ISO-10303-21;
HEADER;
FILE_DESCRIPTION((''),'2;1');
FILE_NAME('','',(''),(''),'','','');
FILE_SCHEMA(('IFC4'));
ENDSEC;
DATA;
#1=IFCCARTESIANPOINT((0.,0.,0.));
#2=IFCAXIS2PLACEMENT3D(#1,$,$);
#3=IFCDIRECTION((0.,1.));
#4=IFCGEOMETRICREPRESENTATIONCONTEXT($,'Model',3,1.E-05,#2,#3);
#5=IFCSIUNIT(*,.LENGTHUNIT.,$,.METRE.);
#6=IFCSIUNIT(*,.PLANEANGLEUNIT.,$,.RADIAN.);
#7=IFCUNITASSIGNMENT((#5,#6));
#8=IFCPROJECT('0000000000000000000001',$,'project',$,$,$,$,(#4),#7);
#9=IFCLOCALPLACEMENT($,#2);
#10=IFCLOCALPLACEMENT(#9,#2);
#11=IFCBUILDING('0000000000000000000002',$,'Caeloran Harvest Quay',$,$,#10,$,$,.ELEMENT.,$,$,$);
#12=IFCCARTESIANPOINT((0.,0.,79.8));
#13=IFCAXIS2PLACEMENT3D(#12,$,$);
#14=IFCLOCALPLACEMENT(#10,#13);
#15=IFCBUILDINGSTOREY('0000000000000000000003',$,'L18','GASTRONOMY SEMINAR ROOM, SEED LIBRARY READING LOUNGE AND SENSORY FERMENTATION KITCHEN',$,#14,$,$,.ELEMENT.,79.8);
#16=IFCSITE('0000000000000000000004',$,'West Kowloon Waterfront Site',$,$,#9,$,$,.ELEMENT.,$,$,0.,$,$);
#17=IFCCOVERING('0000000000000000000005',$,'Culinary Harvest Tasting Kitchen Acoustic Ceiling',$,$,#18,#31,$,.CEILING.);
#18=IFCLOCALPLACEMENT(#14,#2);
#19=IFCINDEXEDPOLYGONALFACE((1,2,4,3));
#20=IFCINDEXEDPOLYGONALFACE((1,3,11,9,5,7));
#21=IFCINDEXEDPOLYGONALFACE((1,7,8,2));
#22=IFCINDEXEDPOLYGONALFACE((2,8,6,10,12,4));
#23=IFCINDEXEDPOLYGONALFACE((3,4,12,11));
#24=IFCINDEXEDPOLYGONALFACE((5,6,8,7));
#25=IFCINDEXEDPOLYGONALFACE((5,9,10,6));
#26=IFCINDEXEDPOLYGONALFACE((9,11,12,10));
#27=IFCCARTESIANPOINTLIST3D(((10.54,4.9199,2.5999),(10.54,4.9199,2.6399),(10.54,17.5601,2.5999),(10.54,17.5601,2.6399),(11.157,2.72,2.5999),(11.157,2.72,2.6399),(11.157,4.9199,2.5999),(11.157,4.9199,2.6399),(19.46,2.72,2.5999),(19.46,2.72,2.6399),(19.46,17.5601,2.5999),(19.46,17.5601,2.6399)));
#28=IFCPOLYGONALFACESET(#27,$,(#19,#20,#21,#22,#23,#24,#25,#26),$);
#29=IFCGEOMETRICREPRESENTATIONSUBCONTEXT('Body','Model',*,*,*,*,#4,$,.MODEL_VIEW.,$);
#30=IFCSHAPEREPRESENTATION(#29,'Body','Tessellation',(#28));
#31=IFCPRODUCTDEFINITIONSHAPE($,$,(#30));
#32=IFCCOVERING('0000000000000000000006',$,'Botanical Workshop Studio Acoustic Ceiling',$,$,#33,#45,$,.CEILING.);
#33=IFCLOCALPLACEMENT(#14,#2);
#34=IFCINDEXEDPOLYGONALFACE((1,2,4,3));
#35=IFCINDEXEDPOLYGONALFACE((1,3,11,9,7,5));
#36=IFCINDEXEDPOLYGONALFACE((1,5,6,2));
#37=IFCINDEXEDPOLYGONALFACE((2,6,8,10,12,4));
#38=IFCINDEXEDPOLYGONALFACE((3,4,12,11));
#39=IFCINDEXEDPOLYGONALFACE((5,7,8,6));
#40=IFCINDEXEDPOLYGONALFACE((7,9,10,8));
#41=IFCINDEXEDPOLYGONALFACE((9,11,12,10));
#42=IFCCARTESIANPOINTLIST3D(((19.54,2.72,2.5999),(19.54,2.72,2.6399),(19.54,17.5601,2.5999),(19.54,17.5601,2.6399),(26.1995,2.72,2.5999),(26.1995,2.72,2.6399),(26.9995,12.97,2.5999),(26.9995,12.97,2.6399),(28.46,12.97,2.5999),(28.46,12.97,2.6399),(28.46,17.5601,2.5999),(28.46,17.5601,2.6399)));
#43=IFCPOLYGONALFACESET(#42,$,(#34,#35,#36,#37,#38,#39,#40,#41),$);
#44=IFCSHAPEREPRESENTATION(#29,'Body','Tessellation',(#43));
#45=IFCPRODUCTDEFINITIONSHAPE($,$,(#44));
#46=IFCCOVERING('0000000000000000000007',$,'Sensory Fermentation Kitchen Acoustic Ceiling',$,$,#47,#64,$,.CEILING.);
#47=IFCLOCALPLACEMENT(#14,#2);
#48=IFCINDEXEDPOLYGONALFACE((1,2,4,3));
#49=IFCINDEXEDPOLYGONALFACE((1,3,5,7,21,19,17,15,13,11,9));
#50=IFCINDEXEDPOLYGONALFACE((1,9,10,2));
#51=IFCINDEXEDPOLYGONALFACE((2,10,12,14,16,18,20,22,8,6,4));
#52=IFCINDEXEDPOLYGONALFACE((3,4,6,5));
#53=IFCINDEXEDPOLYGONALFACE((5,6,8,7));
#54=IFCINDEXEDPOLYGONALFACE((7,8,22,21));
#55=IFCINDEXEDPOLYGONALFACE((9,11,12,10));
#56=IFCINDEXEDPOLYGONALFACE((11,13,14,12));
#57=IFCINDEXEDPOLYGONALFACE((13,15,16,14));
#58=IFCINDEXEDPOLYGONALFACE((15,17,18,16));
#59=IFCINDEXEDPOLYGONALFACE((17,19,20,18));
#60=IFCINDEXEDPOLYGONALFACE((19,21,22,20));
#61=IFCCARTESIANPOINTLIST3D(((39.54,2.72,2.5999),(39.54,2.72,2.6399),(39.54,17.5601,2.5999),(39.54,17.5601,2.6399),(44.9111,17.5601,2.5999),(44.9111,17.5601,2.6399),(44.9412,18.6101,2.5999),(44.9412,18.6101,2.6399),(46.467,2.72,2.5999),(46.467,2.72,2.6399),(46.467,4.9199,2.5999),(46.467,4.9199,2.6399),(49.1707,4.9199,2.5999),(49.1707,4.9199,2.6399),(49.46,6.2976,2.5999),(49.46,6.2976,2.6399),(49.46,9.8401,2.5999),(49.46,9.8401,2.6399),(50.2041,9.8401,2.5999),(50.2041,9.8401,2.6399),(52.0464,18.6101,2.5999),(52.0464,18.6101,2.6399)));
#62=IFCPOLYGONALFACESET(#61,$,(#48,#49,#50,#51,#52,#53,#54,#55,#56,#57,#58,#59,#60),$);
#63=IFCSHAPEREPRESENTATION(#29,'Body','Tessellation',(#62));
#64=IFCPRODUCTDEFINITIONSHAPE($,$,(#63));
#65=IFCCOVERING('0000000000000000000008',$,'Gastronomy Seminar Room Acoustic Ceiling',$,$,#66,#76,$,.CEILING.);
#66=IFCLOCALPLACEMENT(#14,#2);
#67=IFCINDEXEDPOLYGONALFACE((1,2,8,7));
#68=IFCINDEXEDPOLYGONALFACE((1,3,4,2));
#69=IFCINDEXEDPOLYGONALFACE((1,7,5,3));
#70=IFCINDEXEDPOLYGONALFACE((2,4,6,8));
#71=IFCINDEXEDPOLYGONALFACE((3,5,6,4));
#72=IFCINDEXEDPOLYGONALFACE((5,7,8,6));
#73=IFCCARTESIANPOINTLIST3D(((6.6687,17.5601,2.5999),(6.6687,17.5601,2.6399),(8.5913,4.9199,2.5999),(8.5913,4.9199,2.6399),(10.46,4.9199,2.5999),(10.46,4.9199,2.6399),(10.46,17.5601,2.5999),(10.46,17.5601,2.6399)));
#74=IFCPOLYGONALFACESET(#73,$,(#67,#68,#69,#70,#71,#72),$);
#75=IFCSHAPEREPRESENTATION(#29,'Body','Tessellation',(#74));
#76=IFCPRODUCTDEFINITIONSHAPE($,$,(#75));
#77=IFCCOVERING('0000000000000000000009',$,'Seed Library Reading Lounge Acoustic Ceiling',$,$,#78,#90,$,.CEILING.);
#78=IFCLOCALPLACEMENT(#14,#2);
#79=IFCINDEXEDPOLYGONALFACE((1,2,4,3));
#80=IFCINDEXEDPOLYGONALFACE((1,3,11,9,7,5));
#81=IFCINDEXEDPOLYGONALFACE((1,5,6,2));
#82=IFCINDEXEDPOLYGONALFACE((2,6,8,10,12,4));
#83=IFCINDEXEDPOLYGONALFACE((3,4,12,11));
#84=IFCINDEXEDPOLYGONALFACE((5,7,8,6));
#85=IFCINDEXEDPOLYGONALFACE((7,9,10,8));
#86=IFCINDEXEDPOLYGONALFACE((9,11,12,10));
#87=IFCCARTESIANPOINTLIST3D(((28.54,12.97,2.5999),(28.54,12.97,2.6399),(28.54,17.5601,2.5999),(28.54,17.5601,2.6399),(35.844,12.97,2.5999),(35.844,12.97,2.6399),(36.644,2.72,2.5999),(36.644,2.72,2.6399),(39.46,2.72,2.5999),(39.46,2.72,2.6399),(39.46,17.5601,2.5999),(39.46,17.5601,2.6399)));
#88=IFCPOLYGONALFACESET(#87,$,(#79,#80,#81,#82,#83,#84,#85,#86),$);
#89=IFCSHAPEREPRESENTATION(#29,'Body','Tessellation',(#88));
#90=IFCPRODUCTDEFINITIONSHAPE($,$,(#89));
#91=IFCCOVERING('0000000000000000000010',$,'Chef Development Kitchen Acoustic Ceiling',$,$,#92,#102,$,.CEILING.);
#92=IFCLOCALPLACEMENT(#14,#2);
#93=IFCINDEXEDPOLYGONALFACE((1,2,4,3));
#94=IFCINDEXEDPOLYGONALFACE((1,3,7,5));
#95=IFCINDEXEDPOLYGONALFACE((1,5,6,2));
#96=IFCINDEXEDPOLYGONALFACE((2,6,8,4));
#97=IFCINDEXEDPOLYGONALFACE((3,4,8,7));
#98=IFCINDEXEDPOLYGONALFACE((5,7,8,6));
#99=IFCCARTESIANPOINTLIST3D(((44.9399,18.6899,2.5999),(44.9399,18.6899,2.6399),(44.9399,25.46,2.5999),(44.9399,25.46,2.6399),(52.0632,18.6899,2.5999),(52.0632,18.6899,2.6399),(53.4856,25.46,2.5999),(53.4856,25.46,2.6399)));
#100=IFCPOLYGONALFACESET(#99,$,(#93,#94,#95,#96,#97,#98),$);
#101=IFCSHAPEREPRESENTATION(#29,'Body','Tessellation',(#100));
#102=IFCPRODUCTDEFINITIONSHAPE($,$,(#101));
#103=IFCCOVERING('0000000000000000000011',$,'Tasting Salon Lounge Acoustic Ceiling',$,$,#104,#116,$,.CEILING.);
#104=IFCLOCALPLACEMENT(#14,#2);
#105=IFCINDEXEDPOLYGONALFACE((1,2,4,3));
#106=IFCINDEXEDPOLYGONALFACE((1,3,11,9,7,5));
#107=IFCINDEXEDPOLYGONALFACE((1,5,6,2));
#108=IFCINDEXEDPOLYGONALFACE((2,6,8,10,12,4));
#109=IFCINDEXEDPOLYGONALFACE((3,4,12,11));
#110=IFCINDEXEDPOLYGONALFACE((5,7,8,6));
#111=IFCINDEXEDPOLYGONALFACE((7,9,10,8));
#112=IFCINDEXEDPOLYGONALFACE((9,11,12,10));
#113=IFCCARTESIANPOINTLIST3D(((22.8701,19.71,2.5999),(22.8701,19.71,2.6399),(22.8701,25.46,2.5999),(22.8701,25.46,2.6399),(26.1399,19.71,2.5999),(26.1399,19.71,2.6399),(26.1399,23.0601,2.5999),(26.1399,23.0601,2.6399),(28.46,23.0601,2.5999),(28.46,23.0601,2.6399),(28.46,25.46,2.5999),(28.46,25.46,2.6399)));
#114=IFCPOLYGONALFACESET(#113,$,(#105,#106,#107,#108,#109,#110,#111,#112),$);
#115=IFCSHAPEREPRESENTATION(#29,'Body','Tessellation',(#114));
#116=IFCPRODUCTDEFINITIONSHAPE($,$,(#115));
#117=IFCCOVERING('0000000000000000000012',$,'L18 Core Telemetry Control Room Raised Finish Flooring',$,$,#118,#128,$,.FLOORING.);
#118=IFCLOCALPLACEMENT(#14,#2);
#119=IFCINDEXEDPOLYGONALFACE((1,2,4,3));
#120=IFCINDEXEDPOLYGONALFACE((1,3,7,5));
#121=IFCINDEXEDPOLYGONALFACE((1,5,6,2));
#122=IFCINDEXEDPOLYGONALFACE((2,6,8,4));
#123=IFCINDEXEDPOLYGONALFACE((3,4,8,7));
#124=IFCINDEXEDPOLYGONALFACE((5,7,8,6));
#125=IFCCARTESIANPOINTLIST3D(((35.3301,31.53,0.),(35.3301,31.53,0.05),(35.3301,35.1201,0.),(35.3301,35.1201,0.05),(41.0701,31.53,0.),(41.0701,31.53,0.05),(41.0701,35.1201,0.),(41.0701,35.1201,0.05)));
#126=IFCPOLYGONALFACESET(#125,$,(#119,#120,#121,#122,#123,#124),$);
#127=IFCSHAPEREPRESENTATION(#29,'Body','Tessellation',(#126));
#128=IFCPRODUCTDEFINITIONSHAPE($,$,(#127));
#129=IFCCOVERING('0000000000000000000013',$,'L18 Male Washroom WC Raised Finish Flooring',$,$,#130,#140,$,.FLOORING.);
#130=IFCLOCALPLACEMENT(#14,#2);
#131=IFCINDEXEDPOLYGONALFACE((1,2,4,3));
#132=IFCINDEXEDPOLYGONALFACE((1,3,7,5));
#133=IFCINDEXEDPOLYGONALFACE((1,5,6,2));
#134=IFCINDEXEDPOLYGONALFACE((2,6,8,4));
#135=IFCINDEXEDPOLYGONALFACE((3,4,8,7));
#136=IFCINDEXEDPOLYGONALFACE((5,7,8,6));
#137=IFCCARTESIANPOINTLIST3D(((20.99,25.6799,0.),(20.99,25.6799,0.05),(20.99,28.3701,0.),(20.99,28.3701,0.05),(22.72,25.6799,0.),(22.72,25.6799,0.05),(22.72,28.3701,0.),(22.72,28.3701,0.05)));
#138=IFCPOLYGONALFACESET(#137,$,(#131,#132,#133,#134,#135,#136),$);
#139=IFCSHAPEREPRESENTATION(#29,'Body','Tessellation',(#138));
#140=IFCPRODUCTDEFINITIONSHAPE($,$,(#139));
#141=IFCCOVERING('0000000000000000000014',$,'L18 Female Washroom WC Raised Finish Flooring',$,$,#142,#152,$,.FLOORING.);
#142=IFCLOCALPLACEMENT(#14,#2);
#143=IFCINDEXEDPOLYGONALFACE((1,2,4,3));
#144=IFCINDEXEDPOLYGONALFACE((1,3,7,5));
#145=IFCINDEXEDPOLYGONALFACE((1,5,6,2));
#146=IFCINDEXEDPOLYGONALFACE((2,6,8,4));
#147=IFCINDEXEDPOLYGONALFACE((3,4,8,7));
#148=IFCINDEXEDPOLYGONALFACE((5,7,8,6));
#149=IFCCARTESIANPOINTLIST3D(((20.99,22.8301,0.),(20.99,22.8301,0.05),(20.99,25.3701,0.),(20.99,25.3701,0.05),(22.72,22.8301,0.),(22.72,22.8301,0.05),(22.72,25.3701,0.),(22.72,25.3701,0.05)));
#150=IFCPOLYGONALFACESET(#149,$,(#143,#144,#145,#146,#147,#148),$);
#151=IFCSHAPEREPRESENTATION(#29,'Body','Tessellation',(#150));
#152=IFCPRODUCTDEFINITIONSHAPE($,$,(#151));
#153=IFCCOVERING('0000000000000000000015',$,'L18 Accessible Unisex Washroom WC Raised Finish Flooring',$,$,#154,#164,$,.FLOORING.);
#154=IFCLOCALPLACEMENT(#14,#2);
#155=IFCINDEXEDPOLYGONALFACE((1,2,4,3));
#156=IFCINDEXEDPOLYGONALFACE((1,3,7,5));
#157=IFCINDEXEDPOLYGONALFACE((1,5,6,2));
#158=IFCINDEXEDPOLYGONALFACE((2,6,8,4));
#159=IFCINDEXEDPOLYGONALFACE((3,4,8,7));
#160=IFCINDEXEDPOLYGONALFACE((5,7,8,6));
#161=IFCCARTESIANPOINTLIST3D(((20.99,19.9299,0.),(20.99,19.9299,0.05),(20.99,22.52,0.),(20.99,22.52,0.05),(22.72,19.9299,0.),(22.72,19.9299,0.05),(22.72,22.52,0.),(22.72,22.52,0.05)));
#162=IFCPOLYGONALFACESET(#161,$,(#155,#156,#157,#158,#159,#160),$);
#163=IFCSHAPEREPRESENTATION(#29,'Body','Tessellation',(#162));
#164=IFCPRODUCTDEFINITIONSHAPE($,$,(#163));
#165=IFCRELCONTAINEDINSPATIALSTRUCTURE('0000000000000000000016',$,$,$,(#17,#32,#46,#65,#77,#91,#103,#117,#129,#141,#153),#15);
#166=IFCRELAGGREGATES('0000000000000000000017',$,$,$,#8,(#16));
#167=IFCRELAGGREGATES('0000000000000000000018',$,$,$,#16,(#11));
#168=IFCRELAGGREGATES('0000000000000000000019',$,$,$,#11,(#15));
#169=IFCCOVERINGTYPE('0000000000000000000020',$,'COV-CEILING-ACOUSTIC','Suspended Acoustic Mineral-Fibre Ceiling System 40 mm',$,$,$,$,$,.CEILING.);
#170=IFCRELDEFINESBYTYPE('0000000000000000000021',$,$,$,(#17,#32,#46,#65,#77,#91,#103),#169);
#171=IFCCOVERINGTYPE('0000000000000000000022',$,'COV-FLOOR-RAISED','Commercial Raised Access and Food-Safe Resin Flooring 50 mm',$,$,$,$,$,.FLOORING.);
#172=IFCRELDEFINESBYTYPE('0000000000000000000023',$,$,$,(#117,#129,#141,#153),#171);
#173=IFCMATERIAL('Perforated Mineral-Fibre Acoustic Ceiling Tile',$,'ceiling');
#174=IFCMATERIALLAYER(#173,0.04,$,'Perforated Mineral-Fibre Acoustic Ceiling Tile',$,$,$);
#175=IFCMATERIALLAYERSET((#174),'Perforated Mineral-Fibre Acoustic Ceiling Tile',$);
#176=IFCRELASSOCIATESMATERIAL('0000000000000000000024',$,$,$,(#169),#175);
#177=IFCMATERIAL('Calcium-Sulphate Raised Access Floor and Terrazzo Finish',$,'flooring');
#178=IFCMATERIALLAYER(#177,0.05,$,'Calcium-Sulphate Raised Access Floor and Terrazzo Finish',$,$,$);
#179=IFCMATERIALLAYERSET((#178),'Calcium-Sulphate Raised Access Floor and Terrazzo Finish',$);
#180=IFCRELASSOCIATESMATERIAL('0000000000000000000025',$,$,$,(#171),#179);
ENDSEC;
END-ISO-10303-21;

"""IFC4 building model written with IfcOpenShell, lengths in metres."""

from ifc_helpers import new_model, si_unit, direction, frame, origin, place, context, subcontext, project, spatial, polyline, outline, extrude, material, layer, layer_set, type_object, element, save


model = new_model("IFC4")

# Units and contexts
model_context = context("Model", 3, precision=1e-05, world=origin(), true_north=direction((0.0, 1.0)))
body_context = subcontext(model_context, "Body", "Model", "MODEL_VIEW")
ifc_project = project(units=[si_unit("LENGTHUNIT", "METRE"), si_unit("PLANEANGLEUNIT", "RADIAN")], contexts=[model_context])

# Site, building, storey
site_placement = place(None, origin())
site = spatial("IfcSite", under=ifc_project, at=site_placement, Name="West Kowloon Waterfront Site", CompositionType="ELEMENT", RefElevation=0.0)
building_placement = place(site_placement, origin())
building = spatial("IfcBuilding", under=site, at=building_placement, Name="Caeloran Harvest Quay", CompositionType="ELEMENT")
storey_placement = place(building_placement, frame((0.0, 0.0, 79.8)))
storey = spatial("IfcBuildingStorey", under=building, at=storey_placement, Name="L18", Description="GASTRONOMY SEMINAR ROOM, SEED LIBRARY READING LOUNGE AND SENSORY FERMENTATION KITCHEN", CompositionType="ELEMENT", Elevation=79.8)

# Coverings
ifc_material_1 = material(Name="Perforated Mineral-Fibre Acoustic Ceiling Tile", Category="ceiling")
ifc_layer_1 = layer(ifc_material_1, 0.04, Name="Perforated Mineral-Fibre Acoustic Ceiling Tile")
ifc_layer_set_1 = layer_set([ifc_layer_1], Name="Perforated Mineral-Fibre Acoustic Ceiling Tile")
covering_type_1 = type_object("IfcCoveringType", Name="COV-CEILING-ACOUSTIC", Description="Suspended Acoustic Mineral-Fibre Ceiling System 40 mm", PredefinedType="CEILING", material=ifc_layer_set_1)
covering_1_placement = place(storey_placement, frame((0.0, 0.0, 2.5999)))
element("IfcCovering", 1, at=covering_1_placement, inside=storey, type_object=covering_type_1, Name="Culinary Harvest Tasting Kitchen Acoustic Ceiling", PredefinedType="CEILING", context=body_context, shape_type="SweptSolid", body=[
    extrude(outline(polyline([(11.157, 4.9199), (10.54, 4.9199), (10.54, 17.5601), (19.46, 17.5601), (19.46, 2.72), (11.157, 2.72), (11.157, 4.9199)])), origin(), (0.0, 0.0, 1.0), 0.04),
])
covering_2_placement = place(storey_placement, frame((0.0, 0.0, 2.5999)))
element("IfcCovering", 2, at=covering_2_placement, inside=storey, type_object=covering_type_1, Name="Botanical Workshop Studio Acoustic Ceiling", PredefinedType="CEILING", context=body_context, shape_type="SweptSolid", body=[
    extrude(outline(polyline([(26.1995, 2.72), (19.54, 2.72), (19.54, 17.5601), (28.46, 17.5601), (28.46, 12.97), (26.9995, 12.97), (26.1995, 2.72)])), origin(), (0.0, 0.0, 1.0), 0.04),
])
covering_3_placement = place(storey_placement, frame((0.0, 0.0, 2.5999)))
element("IfcCovering", 3, at=covering_3_placement, inside=storey, type_object=covering_type_1, Name="Sensory Fermentation Kitchen Acoustic Ceiling", PredefinedType="CEILING", context=body_context, shape_type="SweptSolid", body=[
    extrude(outline(polyline([(52.0464, 18.6101), (50.2041, 9.8401), (49.46, 9.8401), (49.46, 6.2976), (49.1707, 4.9199), (46.467, 4.9199), (46.467, 2.72), (39.54, 2.72), (39.54, 17.5601), (44.9111, 17.5601), (44.9412, 18.6101), (52.0464, 18.6101)])), origin(), (0.0, 0.0, 1.0), 0.04),
])
covering_4_placement = place(storey_placement, frame((0.0, 0.0, 2.5999)))
element("IfcCovering", 4, at=covering_4_placement, inside=storey, type_object=covering_type_1, Name="Gastronomy Seminar Room Acoustic Ceiling", PredefinedType="CEILING", context=body_context, shape_type="SweptSolid", body=[
    extrude(outline(polyline([(10.46, 4.9199), (8.5913, 4.9199), (6.6687, 17.5601), (10.46, 17.5601), (10.46, 4.9199)])), origin(), (0.0, 0.0, 1.0), 0.04),
])
covering_5_placement = place(storey_placement, frame((0.0, 0.0, 2.5999)))
element("IfcCovering", 5, at=covering_5_placement, inside=storey, type_object=covering_type_1, Name="Seed Library Reading Lounge Acoustic Ceiling", PredefinedType="CEILING", context=body_context, shape_type="SweptSolid", body=[
    extrude(outline(polyline([(28.54, 17.5601), (39.46, 17.5601), (39.46, 2.72), (36.644, 2.72), (35.844, 12.97), (28.54, 12.97), (28.54, 17.5601)])), origin(), (0.0, 0.0, 1.0), 0.04),
])
covering_6_placement = place(storey_placement, frame((0.0, 0.0, 2.5999)))
element("IfcCovering", 6, at=covering_6_placement, inside=storey, type_object=covering_type_1, Name="Chef Development Kitchen Acoustic Ceiling", PredefinedType="CEILING", context=body_context, shape_type="SweptSolid", body=[
    extrude(outline(polyline([(44.9399, 18.6899), (44.9399, 25.46), (53.4856, 25.46), (52.0632, 18.6899), (44.9399, 18.6899)])), origin(), (0.0, 0.0, 1.0), 0.04),
])
covering_7_placement = place(storey_placement, frame((0.0, 0.0, 2.5999)))
element("IfcCovering", 7, at=covering_7_placement, inside=storey, type_object=covering_type_1, Name="Tasting Salon Lounge Acoustic Ceiling", PredefinedType="CEILING", context=body_context, shape_type="SweptSolid", body=[
    extrude(outline(polyline([(26.1399, 23.0601), (26.1399, 19.71), (22.8701, 19.71), (22.8701, 25.46), (28.46, 25.46), (28.46, 23.0601), (26.1399, 23.0601)])), origin(), (0.0, 0.0, 1.0), 0.04),
])
ifc_material_2 = material(Name="Calcium-Sulphate Raised Access Floor and Terrazzo Finish", Category="flooring")
ifc_layer_2 = layer(ifc_material_2, 0.05, Name="Calcium-Sulphate Raised Access Floor and Terrazzo Finish")
ifc_layer_set_2 = layer_set([ifc_layer_2], Name="Calcium-Sulphate Raised Access Floor and Terrazzo Finish")
covering_type_2 = type_object("IfcCoveringType", Name="COV-FLOOR-RAISED", Description="Commercial Raised Access and Food-Safe Resin Flooring 50 mm", PredefinedType="FLOORING", material=ifc_layer_set_2)
covering_8_placement = place(storey_placement, origin())
element("IfcCovering", 8, at=covering_8_placement, inside=storey, type_object=covering_type_2, Name="L18 Core Telemetry Control Room Raised Finish Flooring", PredefinedType="FLOORING", context=body_context, shape_type="SweptSolid", body=[
    extrude(outline(polyline([(41.0701, 35.1201), (41.0701, 31.53), (35.3301, 31.53), (35.3301, 35.1201), (41.0701, 35.1201)])), origin(), (0.0, 0.0, 1.0), 0.05),
])
covering_9_placement = place(storey_placement, origin())
element("IfcCovering", 9, at=covering_9_placement, inside=storey, type_object=covering_type_2, Name="L18 Male Washroom WC Raised Finish Flooring", PredefinedType="FLOORING", context=body_context, shape_type="SweptSolid", body=[
    extrude(outline(polyline([(22.72, 25.6799), (20.99, 25.6799), (20.99, 28.3701), (22.72, 28.3701), (22.72, 25.6799)])), origin(), (0.0, 0.0, 1.0), 0.05),
])
covering_10_placement = place(storey_placement, origin())
element("IfcCovering", 10, at=covering_10_placement, inside=storey, type_object=covering_type_2, Name="L18 Female Washroom WC Raised Finish Flooring", PredefinedType="FLOORING", context=body_context, shape_type="SweptSolid", body=[
    extrude(outline(polyline([(22.72, 22.8301), (20.99, 22.8301), (20.99, 25.3701), (22.72, 25.3701), (22.72, 22.8301)])), origin(), (0.0, 0.0, 1.0), 0.05),
])
covering_11_placement = place(storey_placement, origin())
element("IfcCovering", 11, at=covering_11_placement, inside=storey, type_object=covering_type_2, Name="L18 Accessible Unisex Washroom WC Raised Finish Flooring", PredefinedType="FLOORING", context=body_context, shape_type="SweptSolid", body=[
    extrude(outline(polyline([(22.72, 19.9299), (20.99, 19.9299), (20.99, 22.52), (22.72, 22.52), (22.72, 19.9299)])), origin(), (0.0, 0.0, 1.0), 0.05),
])

save(model, "model.ifc")
